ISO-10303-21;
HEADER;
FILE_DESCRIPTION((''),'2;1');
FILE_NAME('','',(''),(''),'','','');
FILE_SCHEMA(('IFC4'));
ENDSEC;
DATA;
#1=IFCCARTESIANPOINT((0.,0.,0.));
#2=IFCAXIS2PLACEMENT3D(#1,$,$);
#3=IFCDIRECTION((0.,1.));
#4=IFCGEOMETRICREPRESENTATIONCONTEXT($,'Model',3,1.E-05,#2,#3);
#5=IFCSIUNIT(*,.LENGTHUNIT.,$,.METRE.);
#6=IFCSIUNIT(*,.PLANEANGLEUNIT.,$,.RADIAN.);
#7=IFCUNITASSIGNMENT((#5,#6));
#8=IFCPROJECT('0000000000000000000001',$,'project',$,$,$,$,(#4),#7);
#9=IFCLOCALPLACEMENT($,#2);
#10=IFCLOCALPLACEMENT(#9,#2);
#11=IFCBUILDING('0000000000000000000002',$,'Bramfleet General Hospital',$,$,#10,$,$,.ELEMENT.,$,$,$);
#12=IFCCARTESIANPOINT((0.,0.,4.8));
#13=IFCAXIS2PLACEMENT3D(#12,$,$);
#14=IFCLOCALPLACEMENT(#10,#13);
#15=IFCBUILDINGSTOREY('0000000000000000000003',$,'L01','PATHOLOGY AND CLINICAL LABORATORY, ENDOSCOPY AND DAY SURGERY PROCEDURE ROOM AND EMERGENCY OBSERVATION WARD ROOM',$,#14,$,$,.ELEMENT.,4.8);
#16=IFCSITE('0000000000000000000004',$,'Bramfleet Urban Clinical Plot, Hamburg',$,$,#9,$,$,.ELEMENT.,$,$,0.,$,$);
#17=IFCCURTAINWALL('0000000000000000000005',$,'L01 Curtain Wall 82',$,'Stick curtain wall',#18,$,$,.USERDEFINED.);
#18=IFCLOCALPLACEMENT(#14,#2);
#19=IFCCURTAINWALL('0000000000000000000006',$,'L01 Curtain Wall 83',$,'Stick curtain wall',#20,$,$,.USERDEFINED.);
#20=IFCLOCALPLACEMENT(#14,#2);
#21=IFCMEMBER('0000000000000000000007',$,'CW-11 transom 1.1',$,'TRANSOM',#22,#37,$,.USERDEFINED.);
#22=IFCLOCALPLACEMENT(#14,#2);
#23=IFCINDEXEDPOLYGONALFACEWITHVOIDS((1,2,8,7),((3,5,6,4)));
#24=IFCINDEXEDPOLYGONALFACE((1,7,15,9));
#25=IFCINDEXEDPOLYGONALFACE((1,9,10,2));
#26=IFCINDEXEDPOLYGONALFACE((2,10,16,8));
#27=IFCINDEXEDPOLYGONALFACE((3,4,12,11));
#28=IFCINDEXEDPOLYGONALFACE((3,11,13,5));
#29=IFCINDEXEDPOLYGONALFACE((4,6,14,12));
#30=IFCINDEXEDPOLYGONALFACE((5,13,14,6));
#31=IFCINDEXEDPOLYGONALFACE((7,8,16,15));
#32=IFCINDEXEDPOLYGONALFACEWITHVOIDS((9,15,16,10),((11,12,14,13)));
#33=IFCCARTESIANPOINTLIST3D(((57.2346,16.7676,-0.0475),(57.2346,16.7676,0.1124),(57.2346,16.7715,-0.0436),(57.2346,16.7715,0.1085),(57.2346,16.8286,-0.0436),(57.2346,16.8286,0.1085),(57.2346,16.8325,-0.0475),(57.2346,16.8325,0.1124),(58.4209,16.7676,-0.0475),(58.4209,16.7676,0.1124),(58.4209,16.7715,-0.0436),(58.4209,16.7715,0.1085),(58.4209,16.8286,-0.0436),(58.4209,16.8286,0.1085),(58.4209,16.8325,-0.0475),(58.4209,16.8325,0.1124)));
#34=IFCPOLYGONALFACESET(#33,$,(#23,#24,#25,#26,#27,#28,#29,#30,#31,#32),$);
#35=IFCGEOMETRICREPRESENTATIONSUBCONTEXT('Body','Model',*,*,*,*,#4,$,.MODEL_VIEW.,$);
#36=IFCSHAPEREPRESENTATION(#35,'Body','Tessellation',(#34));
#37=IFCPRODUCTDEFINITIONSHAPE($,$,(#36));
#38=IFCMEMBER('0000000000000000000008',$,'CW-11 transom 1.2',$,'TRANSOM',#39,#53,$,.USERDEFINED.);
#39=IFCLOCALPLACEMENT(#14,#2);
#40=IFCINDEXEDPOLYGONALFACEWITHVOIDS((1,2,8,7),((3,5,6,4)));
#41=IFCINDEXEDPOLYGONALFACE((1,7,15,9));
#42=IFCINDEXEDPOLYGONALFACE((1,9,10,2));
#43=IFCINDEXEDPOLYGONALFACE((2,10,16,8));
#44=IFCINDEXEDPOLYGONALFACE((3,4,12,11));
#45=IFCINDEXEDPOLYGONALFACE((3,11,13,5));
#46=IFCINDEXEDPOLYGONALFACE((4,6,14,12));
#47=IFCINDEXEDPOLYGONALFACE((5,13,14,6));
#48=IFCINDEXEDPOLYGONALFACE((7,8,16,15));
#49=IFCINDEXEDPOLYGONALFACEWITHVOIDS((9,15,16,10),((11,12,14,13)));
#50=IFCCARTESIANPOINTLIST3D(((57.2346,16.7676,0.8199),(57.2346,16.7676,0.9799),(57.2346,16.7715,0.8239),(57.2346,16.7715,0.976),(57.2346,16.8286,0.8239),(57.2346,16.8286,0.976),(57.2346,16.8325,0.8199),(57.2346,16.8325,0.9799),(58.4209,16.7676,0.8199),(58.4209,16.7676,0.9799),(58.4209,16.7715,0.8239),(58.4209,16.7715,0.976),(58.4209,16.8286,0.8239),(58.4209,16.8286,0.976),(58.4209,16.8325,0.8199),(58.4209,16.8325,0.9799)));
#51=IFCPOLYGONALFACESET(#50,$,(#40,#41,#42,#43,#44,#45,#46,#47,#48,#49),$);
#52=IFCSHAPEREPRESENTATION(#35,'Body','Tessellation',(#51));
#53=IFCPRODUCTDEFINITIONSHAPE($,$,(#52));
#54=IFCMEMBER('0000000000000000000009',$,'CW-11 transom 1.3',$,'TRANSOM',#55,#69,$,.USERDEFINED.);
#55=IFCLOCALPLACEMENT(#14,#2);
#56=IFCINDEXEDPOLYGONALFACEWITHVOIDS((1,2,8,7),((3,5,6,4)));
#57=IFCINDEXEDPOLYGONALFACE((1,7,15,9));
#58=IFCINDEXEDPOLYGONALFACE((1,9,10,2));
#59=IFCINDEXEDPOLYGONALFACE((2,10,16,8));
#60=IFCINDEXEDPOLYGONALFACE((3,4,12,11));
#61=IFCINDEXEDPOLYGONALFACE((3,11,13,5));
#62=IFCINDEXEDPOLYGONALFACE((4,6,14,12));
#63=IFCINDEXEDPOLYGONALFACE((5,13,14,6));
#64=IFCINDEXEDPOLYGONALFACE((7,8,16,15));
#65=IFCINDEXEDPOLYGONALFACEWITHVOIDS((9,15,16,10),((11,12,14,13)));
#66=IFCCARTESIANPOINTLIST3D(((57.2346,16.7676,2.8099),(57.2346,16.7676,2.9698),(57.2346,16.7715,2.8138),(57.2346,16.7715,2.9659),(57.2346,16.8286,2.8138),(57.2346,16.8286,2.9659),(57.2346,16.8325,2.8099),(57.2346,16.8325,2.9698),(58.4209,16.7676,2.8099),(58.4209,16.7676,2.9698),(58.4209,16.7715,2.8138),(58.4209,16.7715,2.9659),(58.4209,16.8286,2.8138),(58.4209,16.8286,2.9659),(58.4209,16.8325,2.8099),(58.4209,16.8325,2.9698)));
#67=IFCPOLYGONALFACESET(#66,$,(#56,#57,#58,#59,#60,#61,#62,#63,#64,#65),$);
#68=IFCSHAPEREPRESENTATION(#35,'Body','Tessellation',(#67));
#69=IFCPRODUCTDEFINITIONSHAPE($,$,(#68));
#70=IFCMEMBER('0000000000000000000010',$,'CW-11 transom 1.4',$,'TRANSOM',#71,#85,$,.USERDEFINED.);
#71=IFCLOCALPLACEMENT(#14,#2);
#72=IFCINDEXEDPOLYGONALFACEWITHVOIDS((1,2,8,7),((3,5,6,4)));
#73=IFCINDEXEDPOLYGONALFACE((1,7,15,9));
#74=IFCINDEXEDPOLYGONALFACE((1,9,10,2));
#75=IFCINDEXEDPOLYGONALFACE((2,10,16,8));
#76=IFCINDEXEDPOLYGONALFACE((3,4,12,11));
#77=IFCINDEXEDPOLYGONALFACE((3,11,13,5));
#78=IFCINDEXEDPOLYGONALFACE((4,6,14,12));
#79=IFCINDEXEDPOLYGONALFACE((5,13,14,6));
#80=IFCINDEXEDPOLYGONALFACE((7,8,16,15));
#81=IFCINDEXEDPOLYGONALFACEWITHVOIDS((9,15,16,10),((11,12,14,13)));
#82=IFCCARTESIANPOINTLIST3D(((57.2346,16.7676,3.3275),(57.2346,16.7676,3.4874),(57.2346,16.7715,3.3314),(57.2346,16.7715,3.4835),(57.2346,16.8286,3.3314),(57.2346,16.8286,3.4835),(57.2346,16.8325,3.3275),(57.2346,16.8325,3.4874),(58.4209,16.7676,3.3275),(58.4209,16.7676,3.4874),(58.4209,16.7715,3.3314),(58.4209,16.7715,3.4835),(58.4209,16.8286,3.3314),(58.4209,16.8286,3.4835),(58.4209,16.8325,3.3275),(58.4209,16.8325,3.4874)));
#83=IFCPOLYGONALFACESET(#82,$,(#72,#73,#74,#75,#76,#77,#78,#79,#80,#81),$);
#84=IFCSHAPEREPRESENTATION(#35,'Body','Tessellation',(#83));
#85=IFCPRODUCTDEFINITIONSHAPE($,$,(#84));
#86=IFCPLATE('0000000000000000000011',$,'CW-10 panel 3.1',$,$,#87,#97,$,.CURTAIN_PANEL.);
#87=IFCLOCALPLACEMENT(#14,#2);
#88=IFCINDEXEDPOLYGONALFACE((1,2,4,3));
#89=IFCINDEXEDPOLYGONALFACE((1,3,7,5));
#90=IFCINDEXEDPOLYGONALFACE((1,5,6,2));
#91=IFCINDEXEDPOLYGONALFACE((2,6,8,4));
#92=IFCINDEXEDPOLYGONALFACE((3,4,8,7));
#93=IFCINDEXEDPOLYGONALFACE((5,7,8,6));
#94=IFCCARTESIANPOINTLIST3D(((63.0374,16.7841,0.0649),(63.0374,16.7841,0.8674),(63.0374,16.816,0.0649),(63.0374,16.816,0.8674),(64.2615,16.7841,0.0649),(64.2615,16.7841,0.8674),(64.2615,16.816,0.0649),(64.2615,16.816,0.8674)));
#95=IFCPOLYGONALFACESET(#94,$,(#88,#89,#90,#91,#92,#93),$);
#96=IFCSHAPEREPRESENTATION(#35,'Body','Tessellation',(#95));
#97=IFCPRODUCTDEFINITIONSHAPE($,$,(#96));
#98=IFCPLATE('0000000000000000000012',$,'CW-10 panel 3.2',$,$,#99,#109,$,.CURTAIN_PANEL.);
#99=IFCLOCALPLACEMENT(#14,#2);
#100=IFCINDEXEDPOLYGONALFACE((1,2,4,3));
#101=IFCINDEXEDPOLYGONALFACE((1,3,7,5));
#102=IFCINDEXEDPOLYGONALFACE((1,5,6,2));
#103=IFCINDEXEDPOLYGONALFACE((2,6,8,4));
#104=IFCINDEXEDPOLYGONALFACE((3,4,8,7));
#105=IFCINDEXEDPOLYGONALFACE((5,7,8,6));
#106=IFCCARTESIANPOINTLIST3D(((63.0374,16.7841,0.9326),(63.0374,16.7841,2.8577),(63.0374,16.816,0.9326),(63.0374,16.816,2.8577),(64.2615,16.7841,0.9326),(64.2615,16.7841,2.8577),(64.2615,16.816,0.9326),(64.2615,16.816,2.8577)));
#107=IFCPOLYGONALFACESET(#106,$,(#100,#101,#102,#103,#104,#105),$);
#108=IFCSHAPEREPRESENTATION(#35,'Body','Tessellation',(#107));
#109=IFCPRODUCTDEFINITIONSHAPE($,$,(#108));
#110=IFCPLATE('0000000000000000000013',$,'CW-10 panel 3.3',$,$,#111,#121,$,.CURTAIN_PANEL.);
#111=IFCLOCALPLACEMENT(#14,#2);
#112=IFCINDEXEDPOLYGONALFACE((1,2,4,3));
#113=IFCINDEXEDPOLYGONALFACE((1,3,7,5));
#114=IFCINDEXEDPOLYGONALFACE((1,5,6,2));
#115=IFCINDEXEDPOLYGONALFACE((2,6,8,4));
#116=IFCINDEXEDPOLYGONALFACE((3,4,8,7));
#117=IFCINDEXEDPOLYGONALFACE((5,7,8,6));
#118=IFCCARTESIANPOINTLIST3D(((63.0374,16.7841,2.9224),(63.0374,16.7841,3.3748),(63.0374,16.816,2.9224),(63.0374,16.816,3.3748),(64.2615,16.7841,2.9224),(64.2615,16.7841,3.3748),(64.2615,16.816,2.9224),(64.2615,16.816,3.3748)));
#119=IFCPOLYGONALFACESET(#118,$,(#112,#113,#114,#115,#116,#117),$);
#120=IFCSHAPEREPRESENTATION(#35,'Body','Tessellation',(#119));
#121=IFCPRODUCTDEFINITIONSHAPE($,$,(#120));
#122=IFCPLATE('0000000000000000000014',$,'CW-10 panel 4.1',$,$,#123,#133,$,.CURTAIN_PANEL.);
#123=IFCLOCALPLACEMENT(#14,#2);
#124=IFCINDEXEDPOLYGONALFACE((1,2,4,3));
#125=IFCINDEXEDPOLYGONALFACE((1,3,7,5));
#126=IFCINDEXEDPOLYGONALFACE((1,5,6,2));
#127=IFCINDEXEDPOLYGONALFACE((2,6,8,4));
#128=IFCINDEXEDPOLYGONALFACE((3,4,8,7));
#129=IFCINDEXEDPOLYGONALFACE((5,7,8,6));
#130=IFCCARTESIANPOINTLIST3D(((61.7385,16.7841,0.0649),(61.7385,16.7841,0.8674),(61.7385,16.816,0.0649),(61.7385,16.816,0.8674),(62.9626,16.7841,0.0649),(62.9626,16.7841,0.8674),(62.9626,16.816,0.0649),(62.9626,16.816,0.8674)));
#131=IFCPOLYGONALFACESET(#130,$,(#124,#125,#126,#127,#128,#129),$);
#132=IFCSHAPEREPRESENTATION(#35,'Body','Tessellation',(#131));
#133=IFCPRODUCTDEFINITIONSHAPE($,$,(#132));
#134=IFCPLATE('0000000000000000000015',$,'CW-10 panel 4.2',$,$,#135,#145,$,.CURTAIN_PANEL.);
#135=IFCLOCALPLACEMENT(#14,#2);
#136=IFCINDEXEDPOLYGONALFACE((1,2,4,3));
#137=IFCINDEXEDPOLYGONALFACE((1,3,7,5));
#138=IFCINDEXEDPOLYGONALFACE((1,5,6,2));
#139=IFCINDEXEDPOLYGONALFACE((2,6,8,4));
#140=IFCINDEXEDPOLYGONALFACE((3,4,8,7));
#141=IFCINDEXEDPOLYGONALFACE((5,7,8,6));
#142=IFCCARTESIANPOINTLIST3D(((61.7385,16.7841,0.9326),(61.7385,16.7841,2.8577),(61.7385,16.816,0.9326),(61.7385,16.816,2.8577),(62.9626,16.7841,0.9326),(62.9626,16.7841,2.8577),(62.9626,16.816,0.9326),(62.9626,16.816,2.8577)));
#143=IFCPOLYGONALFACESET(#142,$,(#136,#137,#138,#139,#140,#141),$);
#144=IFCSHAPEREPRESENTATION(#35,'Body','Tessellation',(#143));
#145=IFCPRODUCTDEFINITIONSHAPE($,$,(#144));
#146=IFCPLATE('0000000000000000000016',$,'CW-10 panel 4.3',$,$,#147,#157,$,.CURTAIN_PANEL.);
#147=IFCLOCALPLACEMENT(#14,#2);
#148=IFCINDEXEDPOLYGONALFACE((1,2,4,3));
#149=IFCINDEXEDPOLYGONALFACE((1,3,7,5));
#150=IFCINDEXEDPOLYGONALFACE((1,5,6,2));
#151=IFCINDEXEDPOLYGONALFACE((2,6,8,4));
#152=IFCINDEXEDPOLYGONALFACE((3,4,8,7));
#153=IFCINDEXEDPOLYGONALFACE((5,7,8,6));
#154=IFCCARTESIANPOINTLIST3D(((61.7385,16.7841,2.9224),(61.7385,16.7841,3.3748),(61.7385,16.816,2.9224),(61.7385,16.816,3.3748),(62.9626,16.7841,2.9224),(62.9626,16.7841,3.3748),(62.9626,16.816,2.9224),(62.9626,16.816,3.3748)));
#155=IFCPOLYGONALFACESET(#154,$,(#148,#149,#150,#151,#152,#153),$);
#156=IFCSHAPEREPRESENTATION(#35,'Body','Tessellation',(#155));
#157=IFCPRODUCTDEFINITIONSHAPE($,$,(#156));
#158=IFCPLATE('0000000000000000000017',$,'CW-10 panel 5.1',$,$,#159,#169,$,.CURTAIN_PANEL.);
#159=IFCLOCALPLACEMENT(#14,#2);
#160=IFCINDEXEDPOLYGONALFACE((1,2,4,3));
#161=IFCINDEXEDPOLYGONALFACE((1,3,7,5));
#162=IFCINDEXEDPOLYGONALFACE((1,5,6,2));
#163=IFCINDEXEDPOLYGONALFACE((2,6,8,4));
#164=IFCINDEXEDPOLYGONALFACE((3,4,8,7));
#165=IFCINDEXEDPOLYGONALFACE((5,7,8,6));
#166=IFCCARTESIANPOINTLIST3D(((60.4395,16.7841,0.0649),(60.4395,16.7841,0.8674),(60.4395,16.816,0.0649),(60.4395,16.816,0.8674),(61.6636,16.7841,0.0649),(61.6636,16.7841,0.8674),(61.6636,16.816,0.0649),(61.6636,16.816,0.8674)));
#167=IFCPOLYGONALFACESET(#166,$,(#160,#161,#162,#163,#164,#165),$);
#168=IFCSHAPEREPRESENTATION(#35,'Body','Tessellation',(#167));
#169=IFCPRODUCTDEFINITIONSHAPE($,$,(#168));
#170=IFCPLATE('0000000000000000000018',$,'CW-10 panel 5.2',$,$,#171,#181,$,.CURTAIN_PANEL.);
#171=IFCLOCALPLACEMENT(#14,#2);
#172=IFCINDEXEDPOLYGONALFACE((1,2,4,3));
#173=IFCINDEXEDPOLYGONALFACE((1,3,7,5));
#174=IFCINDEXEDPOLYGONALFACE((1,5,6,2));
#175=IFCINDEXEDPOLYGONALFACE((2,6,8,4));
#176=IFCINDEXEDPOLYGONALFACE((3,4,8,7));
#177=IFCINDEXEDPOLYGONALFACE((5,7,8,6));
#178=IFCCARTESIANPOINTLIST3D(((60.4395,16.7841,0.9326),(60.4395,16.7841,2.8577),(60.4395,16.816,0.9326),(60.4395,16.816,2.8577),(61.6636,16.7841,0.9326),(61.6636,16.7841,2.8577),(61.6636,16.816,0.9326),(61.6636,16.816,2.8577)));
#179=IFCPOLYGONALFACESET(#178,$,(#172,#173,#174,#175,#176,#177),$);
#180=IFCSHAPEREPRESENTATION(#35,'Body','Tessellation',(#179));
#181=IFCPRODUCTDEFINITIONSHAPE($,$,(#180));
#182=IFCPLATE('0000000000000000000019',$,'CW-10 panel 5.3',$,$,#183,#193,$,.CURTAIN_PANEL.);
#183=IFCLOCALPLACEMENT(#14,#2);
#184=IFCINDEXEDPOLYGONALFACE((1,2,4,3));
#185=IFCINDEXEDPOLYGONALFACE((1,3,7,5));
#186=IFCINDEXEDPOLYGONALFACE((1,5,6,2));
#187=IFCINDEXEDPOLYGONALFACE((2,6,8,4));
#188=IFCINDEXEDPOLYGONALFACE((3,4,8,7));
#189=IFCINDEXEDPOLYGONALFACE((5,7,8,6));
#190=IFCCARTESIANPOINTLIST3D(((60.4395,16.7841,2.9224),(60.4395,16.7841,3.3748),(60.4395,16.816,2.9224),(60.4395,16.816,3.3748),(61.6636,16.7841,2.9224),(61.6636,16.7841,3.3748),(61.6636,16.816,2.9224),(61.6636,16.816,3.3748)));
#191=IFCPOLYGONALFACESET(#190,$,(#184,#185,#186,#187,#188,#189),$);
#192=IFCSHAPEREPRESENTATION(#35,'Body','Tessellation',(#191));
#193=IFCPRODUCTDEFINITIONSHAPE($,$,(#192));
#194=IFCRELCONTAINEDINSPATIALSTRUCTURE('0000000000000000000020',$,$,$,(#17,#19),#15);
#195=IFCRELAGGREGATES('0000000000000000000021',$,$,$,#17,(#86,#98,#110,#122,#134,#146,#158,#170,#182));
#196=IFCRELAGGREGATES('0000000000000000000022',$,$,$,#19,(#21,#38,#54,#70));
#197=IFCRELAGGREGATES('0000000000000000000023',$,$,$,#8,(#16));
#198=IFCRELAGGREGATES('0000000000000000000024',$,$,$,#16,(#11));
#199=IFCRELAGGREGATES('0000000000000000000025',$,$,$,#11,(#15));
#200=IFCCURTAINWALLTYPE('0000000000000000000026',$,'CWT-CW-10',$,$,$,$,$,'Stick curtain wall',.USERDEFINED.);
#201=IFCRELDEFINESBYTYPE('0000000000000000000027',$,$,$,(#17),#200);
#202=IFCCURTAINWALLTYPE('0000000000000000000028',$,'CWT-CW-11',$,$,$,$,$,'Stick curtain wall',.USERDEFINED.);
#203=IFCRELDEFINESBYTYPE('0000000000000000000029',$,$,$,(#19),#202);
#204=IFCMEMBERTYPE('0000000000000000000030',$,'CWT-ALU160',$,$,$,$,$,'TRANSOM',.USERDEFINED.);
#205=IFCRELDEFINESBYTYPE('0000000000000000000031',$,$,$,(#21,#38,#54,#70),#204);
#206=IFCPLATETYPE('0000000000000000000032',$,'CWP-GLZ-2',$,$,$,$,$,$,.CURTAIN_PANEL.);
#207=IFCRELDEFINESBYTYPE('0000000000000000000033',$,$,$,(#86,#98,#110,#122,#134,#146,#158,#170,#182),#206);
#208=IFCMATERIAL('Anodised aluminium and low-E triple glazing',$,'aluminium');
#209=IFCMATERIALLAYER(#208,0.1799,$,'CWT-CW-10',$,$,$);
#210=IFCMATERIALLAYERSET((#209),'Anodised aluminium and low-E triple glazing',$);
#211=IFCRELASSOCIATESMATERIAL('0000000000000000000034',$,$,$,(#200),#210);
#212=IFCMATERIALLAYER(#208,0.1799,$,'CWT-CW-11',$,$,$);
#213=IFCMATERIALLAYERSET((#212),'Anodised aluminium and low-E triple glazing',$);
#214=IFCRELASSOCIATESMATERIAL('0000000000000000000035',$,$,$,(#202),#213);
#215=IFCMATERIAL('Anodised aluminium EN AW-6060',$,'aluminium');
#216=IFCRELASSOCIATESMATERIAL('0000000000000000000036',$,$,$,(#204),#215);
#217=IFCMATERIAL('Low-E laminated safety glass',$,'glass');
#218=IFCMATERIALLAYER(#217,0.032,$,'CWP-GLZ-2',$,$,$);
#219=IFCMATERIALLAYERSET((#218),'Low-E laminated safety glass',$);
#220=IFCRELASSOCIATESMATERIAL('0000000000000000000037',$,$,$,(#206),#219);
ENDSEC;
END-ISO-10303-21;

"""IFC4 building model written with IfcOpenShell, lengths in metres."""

from ifc_helpers import new_model, si_unit, direction, frame, origin, origin_2d, place, context, subcontext, project, spatial, rectangle, hollow_rectangle, extrude, material, layer, layer_set, material_profile, profile_set, type_object, element, aggregate, save


model = new_model("IFC4")

# Units and contexts
model_context = context("Model", 3, precision=1e-05, world=origin(), true_north=direction((0.0, 1.0)))
body_context = subcontext(model_context, "Body", "Model", "MODEL_VIEW")
ifc_project = project(units=[si_unit("LENGTHUNIT", "METRE"), si_unit("PLANEANGLEUNIT", "RADIAN")], contexts=[model_context])

# Site, building, storey
site_placement = place(None, origin())
site = spatial("IfcSite", under=ifc_project, at=site_placement, Name="Bramfleet Urban Clinical Plot, Hamburg", CompositionType="ELEMENT", RefElevation=0.0)
building_placement = place(site_placement, origin())
building = spatial("IfcBuilding", under=site, at=building_placement, Name="Bramfleet General Hospital", CompositionType="ELEMENT")
storey_placement = place(building_placement, frame((0.0, 0.0, 4.8)))
storey = spatial("IfcBuildingStorey", under=building, at=storey_placement, Name="L01", Description="PATHOLOGY AND CLINICAL LABORATORY, ENDOSCOPY AND DAY SURGERY PROCEDURE ROOM AND EMERGENCY OBSERVATION WARD ROOM", CompositionType="ELEMENT", Elevation=4.8)

# Curtain wall
ifc_material_1 = material(Name="Anodised aluminium and low-E triple glazing", Category="aluminium")
ifc_layer_1 = layer(ifc_material_1, 0.1799, Name="CWT-CW-10")
ifc_layer_set_1 = layer_set([ifc_layer_1], Name="Anodised aluminium and low-E triple glazing")
curtain_wall_type_1 = type_object("IfcCurtainWallType", Name="CWT-CW-10", ElementType="Stick curtain wall", PredefinedType="USERDEFINED", material=ifc_layer_set_1)
curtain_wall_1_placement = place(storey_placement, origin())
curtain_wall_1 = element("IfcCurtainWall", 1, at=curtain_wall_1_placement, inside=storey, type_object=curtain_wall_type_1, Name="L01 Curtain Wall 82", ObjectType="Stick curtain wall", PredefinedType="USERDEFINED")
ifc_material_2 = material(Name="Anodised aluminium EN AW-6060", Category="aluminium")

# Curtain wall
ifc_layer_2 = layer(ifc_material_1, 0.1799, Name="CWT-CW-11")
ifc_layer_set_2 = layer_set([ifc_layer_2], Name="Anodised aluminium and low-E triple glazing")
curtain_wall_type_2 = type_object("IfcCurtainWallType", Name="CWT-CW-11", ElementType="Stick curtain wall", PredefinedType="USERDEFINED", material=ifc_layer_set_2)
curtain_wall_2_placement = place(storey_placement, origin())
curtain_wall_2 = element("IfcCurtainWall", 2, at=curtain_wall_2_placement, inside=storey, type_object=curtain_wall_type_2, Name="L01 Curtain Wall 83", ObjectType="Stick curtain wall", PredefinedType="USERDEFINED")

# Members
ifc_material_profile_1 = material_profile(ifc_material_2, hollow_rectangle(XDim=0.0649, YDim=0.1599, WallThickness=0.0039, at=origin_2d()), Name="ALU 160x65x4.0")
ifc_profile_set_1 = profile_set([ifc_material_profile_1], Name="Anodised aluminium EN AW-6060")
member_type_1 = type_object("IfcMemberType", Name="CWT-ALU160", ElementType="TRANSOM", PredefinedType="USERDEFINED", material=ifc_profile_set_1)
member_1_placement = place(storey_placement, frame((58.4209, 16.8, 0.0325), z_axis=(-1.0, 0.0, 0.0), x_axis=(0.0, -1.0, 0.0)))
member_1 = element("IfcMember", 3, at=member_1_placement, type_object=member_type_1, Name="CW-11 transom 1.1", ObjectType="TRANSOM", PredefinedType="USERDEFINED", context=body_context, shape_type="SweptSolid", body=[
    extrude(hollow_rectangle(XDim=0.0649, YDim=0.1599, WallThickness=0.0039, at=origin_2d()), origin(), (0.0, 0.0, 1.0), 1.1863),
])
member_2_placement = place(storey_placement, frame((58.4209, 16.8, 0.8999), z_axis=(-1.0, 0.0, 0.0), x_axis=(0.0, -1.0, 0.0)))
member_2 = element("IfcMember", 4, at=member_2_placement, type_object=member_type_1, Name="CW-11 transom 1.2", ObjectType="TRANSOM", PredefinedType="USERDEFINED", context=body_context, shape_type="SweptSolid", body=[
    extrude(hollow_rectangle(XDim=0.0649, YDim=0.1599, WallThickness=0.0039, at=origin_2d()), origin(), (0.0, 0.0, 1.0), 1.1863),
])
member_3_placement = place(storey_placement, frame((58.4209, 16.8, 2.8899), z_axis=(-1.0, 0.0, 0.0), x_axis=(0.0, -1.0, 0.0)))
member_3 = element("IfcMember", 5, at=member_3_placement, type_object=member_type_1, Name="CW-11 transom 1.3", ObjectType="TRANSOM", PredefinedType="USERDEFINED", context=body_context, shape_type="SweptSolid", body=[
    extrude(hollow_rectangle(XDim=0.0649, YDim=0.1599, WallThickness=0.0039, at=origin_2d()), origin(), (0.0, 0.0, 1.0), 1.1863),
])
member_4_placement = place(storey_placement, frame((58.4209, 16.8, 3.4075), z_axis=(-1.0, 0.0, 0.0), x_axis=(0.0, -1.0, 0.0)))
member_4 = element("IfcMember", 6, at=member_4_placement, type_object=member_type_1, Name="CW-11 transom 1.4", ObjectType="TRANSOM", PredefinedType="USERDEFINED", context=body_context, shape_type="SweptSolid", body=[
    extrude(hollow_rectangle(XDim=0.0649, YDim=0.1599, WallThickness=0.0039, at=origin_2d()), origin(), (0.0, 0.0, 1.0), 1.1863),
])

# Plates
ifc_material_3 = material(Name="Low-E laminated safety glass", Category="glass")
ifc_layer_3 = layer(ifc_material_3, 0.032, Name="CWP-GLZ-2")
ifc_layer_set_3 = layer_set([ifc_layer_3], Name="Low-E laminated safety glass")
plate_type_1 = type_object("IfcPlateType", Name="CWP-GLZ-2", PredefinedType="CURTAIN_PANEL", material=ifc_layer_set_3)
plate_1_placement = place(storey_placement, frame((63.6494, 16.8, 0.0649), z_axis=(0.0, 0.0, 1.0), x_axis=(-1.0, 0.0, 0.0)))
plate_1 = element("IfcPlate", 7, at=plate_1_placement, type_object=plate_type_1, Name="CW-10 panel 3.1", PredefinedType="CURTAIN_PANEL", context=body_context, shape_type="SweptSolid", body=[
    extrude(rectangle(XDim=1.2241, YDim=0.032, at=origin_2d()), origin(), (0.0, 0.0, 1.0), 0.8025),
])
plate_2_placement = place(storey_placement, frame((63.6494, 16.8, 0.9326), z_axis=(0.0, 0.0, 1.0), x_axis=(-1.0, 0.0, 0.0)))
plate_2 = element("IfcPlate", 8, at=plate_2_placement, type_object=plate_type_1, Name="CW-10 panel 3.2", PredefinedType="CURTAIN_PANEL", context=body_context, shape_type="SweptSolid", body=[
    extrude(rectangle(XDim=1.2241, YDim=0.032, at=origin_2d()), origin(), (0.0, 0.0, 1.0), 1.925),
])
plate_3_placement = place(storey_placement, frame((63.6494, 16.8, 2.9224), z_axis=(0.0, 0.0, 1.0), x_axis=(-1.0, 0.0, 0.0)))
plate_3 = element("IfcPlate", 9, at=plate_3_placement, type_object=plate_type_1, Name="CW-10 panel 3.3", PredefinedType="CURTAIN_PANEL", context=body_context, shape_type="SweptSolid", body=[
    extrude(rectangle(XDim=1.2241, YDim=0.032, at=origin_2d()), origin(), (0.0, 0.0, 1.0), 0.4524),
])
plate_4_placement = place(storey_placement, frame((62.3506, 16.8, 0.0649), z_axis=(0.0, 0.0, 1.0), x_axis=(-1.0, 0.0, 0.0)))
plate_4 = element("IfcPlate", 10, at=plate_4_placement, type_object=plate_type_1, Name="CW-10 panel 4.1", PredefinedType="CURTAIN_PANEL", context=body_context, shape_type="SweptSolid", body=[
    extrude(rectangle(XDim=1.2241, YDim=0.032, at=origin_2d()), origin(), (0.0, 0.0, 1.0), 0.8025),
])
plate_5_placement = place(storey_placement, frame((62.3506, 16.8, 0.9326), z_axis=(0.0, 0.0, 1.0), x_axis=(-1.0, 0.0, 0.0)))
plate_5 = element("IfcPlate", 11, at=plate_5_placement, type_object=plate_type_1, Name="CW-10 panel 4.2", PredefinedType="CURTAIN_PANEL", context=body_context, shape_type="SweptSolid", body=[
    extrude(rectangle(XDim=1.2241, YDim=0.032, at=origin_2d()), origin(), (0.0, 0.0, 1.0), 1.925),
])
plate_6_placement = place(storey_placement, frame((62.3506, 16.8, 2.9224), z_axis=(0.0, 0.0, 1.0), x_axis=(-1.0, 0.0, 0.0)))
plate_6 = element("IfcPlate", 12, at=plate_6_placement, type_object=plate_type_1, Name="CW-10 panel 4.3", PredefinedType="CURTAIN_PANEL", context=body_context, shape_type="SweptSolid", body=[
    extrude(rectangle(XDim=1.2241, YDim=0.032, at=origin_2d()), origin(), (0.0, 0.0, 1.0), 0.4524),
])
plate_7_placement = place(storey_placement, frame((61.0515, 16.8, 0.0649), z_axis=(0.0, 0.0, 1.0), x_axis=(-1.0, 0.0, 0.0)))
plate_7 = element("IfcPlate", 13, at=plate_7_placement, type_object=plate_type_1, Name="CW-10 panel 5.1", PredefinedType="CURTAIN_PANEL", context=body_context, shape_type="SweptSolid", body=[
    extrude(rectangle(XDim=1.2241, YDim=0.032, at=origin_2d()), origin(), (0.0, 0.0, 1.0), 0.8025),
])
plate_8_placement = place(storey_placement, frame((61.0515, 16.8, 0.9326), z_axis=(0.0, 0.0, 1.0), x_axis=(-1.0, 0.0, 0.0)))
plate_8 = element("IfcPlate", 14, at=plate_8_placement, type_object=plate_type_1, Name="CW-10 panel 5.2", PredefinedType="CURTAIN_PANEL", context=body_context, shape_type="SweptSolid", body=[
    extrude(rectangle(XDim=1.2241, YDim=0.032, at=origin_2d()), origin(), (0.0, 0.0, 1.0), 1.925),
])
plate_9_placement = place(storey_placement, frame((61.0515, 16.8, 2.9224), z_axis=(0.0, 0.0, 1.0), x_axis=(-1.0, 0.0, 0.0)))
plate_9 = element("IfcPlate", 15, at=plate_9_placement, type_object=plate_type_1, Name="CW-10 panel 5.3", PredefinedType="CURTAIN_PANEL", context=body_context, shape_type="SweptSolid", body=[
    extrude(rectangle(XDim=1.2241, YDim=0.032, at=origin_2d()), origin(), (0.0, 0.0, 1.0), 0.4524),
])
aggregate(curtain_wall_1, [plate_1, plate_2, plate_3, plate_4, plate_5, plate_6, plate_7, plate_8, plate_9])
aggregate(curtain_wall_2, [member_1, member_2, member_3, member_4])

save(model, "model.ifc")
